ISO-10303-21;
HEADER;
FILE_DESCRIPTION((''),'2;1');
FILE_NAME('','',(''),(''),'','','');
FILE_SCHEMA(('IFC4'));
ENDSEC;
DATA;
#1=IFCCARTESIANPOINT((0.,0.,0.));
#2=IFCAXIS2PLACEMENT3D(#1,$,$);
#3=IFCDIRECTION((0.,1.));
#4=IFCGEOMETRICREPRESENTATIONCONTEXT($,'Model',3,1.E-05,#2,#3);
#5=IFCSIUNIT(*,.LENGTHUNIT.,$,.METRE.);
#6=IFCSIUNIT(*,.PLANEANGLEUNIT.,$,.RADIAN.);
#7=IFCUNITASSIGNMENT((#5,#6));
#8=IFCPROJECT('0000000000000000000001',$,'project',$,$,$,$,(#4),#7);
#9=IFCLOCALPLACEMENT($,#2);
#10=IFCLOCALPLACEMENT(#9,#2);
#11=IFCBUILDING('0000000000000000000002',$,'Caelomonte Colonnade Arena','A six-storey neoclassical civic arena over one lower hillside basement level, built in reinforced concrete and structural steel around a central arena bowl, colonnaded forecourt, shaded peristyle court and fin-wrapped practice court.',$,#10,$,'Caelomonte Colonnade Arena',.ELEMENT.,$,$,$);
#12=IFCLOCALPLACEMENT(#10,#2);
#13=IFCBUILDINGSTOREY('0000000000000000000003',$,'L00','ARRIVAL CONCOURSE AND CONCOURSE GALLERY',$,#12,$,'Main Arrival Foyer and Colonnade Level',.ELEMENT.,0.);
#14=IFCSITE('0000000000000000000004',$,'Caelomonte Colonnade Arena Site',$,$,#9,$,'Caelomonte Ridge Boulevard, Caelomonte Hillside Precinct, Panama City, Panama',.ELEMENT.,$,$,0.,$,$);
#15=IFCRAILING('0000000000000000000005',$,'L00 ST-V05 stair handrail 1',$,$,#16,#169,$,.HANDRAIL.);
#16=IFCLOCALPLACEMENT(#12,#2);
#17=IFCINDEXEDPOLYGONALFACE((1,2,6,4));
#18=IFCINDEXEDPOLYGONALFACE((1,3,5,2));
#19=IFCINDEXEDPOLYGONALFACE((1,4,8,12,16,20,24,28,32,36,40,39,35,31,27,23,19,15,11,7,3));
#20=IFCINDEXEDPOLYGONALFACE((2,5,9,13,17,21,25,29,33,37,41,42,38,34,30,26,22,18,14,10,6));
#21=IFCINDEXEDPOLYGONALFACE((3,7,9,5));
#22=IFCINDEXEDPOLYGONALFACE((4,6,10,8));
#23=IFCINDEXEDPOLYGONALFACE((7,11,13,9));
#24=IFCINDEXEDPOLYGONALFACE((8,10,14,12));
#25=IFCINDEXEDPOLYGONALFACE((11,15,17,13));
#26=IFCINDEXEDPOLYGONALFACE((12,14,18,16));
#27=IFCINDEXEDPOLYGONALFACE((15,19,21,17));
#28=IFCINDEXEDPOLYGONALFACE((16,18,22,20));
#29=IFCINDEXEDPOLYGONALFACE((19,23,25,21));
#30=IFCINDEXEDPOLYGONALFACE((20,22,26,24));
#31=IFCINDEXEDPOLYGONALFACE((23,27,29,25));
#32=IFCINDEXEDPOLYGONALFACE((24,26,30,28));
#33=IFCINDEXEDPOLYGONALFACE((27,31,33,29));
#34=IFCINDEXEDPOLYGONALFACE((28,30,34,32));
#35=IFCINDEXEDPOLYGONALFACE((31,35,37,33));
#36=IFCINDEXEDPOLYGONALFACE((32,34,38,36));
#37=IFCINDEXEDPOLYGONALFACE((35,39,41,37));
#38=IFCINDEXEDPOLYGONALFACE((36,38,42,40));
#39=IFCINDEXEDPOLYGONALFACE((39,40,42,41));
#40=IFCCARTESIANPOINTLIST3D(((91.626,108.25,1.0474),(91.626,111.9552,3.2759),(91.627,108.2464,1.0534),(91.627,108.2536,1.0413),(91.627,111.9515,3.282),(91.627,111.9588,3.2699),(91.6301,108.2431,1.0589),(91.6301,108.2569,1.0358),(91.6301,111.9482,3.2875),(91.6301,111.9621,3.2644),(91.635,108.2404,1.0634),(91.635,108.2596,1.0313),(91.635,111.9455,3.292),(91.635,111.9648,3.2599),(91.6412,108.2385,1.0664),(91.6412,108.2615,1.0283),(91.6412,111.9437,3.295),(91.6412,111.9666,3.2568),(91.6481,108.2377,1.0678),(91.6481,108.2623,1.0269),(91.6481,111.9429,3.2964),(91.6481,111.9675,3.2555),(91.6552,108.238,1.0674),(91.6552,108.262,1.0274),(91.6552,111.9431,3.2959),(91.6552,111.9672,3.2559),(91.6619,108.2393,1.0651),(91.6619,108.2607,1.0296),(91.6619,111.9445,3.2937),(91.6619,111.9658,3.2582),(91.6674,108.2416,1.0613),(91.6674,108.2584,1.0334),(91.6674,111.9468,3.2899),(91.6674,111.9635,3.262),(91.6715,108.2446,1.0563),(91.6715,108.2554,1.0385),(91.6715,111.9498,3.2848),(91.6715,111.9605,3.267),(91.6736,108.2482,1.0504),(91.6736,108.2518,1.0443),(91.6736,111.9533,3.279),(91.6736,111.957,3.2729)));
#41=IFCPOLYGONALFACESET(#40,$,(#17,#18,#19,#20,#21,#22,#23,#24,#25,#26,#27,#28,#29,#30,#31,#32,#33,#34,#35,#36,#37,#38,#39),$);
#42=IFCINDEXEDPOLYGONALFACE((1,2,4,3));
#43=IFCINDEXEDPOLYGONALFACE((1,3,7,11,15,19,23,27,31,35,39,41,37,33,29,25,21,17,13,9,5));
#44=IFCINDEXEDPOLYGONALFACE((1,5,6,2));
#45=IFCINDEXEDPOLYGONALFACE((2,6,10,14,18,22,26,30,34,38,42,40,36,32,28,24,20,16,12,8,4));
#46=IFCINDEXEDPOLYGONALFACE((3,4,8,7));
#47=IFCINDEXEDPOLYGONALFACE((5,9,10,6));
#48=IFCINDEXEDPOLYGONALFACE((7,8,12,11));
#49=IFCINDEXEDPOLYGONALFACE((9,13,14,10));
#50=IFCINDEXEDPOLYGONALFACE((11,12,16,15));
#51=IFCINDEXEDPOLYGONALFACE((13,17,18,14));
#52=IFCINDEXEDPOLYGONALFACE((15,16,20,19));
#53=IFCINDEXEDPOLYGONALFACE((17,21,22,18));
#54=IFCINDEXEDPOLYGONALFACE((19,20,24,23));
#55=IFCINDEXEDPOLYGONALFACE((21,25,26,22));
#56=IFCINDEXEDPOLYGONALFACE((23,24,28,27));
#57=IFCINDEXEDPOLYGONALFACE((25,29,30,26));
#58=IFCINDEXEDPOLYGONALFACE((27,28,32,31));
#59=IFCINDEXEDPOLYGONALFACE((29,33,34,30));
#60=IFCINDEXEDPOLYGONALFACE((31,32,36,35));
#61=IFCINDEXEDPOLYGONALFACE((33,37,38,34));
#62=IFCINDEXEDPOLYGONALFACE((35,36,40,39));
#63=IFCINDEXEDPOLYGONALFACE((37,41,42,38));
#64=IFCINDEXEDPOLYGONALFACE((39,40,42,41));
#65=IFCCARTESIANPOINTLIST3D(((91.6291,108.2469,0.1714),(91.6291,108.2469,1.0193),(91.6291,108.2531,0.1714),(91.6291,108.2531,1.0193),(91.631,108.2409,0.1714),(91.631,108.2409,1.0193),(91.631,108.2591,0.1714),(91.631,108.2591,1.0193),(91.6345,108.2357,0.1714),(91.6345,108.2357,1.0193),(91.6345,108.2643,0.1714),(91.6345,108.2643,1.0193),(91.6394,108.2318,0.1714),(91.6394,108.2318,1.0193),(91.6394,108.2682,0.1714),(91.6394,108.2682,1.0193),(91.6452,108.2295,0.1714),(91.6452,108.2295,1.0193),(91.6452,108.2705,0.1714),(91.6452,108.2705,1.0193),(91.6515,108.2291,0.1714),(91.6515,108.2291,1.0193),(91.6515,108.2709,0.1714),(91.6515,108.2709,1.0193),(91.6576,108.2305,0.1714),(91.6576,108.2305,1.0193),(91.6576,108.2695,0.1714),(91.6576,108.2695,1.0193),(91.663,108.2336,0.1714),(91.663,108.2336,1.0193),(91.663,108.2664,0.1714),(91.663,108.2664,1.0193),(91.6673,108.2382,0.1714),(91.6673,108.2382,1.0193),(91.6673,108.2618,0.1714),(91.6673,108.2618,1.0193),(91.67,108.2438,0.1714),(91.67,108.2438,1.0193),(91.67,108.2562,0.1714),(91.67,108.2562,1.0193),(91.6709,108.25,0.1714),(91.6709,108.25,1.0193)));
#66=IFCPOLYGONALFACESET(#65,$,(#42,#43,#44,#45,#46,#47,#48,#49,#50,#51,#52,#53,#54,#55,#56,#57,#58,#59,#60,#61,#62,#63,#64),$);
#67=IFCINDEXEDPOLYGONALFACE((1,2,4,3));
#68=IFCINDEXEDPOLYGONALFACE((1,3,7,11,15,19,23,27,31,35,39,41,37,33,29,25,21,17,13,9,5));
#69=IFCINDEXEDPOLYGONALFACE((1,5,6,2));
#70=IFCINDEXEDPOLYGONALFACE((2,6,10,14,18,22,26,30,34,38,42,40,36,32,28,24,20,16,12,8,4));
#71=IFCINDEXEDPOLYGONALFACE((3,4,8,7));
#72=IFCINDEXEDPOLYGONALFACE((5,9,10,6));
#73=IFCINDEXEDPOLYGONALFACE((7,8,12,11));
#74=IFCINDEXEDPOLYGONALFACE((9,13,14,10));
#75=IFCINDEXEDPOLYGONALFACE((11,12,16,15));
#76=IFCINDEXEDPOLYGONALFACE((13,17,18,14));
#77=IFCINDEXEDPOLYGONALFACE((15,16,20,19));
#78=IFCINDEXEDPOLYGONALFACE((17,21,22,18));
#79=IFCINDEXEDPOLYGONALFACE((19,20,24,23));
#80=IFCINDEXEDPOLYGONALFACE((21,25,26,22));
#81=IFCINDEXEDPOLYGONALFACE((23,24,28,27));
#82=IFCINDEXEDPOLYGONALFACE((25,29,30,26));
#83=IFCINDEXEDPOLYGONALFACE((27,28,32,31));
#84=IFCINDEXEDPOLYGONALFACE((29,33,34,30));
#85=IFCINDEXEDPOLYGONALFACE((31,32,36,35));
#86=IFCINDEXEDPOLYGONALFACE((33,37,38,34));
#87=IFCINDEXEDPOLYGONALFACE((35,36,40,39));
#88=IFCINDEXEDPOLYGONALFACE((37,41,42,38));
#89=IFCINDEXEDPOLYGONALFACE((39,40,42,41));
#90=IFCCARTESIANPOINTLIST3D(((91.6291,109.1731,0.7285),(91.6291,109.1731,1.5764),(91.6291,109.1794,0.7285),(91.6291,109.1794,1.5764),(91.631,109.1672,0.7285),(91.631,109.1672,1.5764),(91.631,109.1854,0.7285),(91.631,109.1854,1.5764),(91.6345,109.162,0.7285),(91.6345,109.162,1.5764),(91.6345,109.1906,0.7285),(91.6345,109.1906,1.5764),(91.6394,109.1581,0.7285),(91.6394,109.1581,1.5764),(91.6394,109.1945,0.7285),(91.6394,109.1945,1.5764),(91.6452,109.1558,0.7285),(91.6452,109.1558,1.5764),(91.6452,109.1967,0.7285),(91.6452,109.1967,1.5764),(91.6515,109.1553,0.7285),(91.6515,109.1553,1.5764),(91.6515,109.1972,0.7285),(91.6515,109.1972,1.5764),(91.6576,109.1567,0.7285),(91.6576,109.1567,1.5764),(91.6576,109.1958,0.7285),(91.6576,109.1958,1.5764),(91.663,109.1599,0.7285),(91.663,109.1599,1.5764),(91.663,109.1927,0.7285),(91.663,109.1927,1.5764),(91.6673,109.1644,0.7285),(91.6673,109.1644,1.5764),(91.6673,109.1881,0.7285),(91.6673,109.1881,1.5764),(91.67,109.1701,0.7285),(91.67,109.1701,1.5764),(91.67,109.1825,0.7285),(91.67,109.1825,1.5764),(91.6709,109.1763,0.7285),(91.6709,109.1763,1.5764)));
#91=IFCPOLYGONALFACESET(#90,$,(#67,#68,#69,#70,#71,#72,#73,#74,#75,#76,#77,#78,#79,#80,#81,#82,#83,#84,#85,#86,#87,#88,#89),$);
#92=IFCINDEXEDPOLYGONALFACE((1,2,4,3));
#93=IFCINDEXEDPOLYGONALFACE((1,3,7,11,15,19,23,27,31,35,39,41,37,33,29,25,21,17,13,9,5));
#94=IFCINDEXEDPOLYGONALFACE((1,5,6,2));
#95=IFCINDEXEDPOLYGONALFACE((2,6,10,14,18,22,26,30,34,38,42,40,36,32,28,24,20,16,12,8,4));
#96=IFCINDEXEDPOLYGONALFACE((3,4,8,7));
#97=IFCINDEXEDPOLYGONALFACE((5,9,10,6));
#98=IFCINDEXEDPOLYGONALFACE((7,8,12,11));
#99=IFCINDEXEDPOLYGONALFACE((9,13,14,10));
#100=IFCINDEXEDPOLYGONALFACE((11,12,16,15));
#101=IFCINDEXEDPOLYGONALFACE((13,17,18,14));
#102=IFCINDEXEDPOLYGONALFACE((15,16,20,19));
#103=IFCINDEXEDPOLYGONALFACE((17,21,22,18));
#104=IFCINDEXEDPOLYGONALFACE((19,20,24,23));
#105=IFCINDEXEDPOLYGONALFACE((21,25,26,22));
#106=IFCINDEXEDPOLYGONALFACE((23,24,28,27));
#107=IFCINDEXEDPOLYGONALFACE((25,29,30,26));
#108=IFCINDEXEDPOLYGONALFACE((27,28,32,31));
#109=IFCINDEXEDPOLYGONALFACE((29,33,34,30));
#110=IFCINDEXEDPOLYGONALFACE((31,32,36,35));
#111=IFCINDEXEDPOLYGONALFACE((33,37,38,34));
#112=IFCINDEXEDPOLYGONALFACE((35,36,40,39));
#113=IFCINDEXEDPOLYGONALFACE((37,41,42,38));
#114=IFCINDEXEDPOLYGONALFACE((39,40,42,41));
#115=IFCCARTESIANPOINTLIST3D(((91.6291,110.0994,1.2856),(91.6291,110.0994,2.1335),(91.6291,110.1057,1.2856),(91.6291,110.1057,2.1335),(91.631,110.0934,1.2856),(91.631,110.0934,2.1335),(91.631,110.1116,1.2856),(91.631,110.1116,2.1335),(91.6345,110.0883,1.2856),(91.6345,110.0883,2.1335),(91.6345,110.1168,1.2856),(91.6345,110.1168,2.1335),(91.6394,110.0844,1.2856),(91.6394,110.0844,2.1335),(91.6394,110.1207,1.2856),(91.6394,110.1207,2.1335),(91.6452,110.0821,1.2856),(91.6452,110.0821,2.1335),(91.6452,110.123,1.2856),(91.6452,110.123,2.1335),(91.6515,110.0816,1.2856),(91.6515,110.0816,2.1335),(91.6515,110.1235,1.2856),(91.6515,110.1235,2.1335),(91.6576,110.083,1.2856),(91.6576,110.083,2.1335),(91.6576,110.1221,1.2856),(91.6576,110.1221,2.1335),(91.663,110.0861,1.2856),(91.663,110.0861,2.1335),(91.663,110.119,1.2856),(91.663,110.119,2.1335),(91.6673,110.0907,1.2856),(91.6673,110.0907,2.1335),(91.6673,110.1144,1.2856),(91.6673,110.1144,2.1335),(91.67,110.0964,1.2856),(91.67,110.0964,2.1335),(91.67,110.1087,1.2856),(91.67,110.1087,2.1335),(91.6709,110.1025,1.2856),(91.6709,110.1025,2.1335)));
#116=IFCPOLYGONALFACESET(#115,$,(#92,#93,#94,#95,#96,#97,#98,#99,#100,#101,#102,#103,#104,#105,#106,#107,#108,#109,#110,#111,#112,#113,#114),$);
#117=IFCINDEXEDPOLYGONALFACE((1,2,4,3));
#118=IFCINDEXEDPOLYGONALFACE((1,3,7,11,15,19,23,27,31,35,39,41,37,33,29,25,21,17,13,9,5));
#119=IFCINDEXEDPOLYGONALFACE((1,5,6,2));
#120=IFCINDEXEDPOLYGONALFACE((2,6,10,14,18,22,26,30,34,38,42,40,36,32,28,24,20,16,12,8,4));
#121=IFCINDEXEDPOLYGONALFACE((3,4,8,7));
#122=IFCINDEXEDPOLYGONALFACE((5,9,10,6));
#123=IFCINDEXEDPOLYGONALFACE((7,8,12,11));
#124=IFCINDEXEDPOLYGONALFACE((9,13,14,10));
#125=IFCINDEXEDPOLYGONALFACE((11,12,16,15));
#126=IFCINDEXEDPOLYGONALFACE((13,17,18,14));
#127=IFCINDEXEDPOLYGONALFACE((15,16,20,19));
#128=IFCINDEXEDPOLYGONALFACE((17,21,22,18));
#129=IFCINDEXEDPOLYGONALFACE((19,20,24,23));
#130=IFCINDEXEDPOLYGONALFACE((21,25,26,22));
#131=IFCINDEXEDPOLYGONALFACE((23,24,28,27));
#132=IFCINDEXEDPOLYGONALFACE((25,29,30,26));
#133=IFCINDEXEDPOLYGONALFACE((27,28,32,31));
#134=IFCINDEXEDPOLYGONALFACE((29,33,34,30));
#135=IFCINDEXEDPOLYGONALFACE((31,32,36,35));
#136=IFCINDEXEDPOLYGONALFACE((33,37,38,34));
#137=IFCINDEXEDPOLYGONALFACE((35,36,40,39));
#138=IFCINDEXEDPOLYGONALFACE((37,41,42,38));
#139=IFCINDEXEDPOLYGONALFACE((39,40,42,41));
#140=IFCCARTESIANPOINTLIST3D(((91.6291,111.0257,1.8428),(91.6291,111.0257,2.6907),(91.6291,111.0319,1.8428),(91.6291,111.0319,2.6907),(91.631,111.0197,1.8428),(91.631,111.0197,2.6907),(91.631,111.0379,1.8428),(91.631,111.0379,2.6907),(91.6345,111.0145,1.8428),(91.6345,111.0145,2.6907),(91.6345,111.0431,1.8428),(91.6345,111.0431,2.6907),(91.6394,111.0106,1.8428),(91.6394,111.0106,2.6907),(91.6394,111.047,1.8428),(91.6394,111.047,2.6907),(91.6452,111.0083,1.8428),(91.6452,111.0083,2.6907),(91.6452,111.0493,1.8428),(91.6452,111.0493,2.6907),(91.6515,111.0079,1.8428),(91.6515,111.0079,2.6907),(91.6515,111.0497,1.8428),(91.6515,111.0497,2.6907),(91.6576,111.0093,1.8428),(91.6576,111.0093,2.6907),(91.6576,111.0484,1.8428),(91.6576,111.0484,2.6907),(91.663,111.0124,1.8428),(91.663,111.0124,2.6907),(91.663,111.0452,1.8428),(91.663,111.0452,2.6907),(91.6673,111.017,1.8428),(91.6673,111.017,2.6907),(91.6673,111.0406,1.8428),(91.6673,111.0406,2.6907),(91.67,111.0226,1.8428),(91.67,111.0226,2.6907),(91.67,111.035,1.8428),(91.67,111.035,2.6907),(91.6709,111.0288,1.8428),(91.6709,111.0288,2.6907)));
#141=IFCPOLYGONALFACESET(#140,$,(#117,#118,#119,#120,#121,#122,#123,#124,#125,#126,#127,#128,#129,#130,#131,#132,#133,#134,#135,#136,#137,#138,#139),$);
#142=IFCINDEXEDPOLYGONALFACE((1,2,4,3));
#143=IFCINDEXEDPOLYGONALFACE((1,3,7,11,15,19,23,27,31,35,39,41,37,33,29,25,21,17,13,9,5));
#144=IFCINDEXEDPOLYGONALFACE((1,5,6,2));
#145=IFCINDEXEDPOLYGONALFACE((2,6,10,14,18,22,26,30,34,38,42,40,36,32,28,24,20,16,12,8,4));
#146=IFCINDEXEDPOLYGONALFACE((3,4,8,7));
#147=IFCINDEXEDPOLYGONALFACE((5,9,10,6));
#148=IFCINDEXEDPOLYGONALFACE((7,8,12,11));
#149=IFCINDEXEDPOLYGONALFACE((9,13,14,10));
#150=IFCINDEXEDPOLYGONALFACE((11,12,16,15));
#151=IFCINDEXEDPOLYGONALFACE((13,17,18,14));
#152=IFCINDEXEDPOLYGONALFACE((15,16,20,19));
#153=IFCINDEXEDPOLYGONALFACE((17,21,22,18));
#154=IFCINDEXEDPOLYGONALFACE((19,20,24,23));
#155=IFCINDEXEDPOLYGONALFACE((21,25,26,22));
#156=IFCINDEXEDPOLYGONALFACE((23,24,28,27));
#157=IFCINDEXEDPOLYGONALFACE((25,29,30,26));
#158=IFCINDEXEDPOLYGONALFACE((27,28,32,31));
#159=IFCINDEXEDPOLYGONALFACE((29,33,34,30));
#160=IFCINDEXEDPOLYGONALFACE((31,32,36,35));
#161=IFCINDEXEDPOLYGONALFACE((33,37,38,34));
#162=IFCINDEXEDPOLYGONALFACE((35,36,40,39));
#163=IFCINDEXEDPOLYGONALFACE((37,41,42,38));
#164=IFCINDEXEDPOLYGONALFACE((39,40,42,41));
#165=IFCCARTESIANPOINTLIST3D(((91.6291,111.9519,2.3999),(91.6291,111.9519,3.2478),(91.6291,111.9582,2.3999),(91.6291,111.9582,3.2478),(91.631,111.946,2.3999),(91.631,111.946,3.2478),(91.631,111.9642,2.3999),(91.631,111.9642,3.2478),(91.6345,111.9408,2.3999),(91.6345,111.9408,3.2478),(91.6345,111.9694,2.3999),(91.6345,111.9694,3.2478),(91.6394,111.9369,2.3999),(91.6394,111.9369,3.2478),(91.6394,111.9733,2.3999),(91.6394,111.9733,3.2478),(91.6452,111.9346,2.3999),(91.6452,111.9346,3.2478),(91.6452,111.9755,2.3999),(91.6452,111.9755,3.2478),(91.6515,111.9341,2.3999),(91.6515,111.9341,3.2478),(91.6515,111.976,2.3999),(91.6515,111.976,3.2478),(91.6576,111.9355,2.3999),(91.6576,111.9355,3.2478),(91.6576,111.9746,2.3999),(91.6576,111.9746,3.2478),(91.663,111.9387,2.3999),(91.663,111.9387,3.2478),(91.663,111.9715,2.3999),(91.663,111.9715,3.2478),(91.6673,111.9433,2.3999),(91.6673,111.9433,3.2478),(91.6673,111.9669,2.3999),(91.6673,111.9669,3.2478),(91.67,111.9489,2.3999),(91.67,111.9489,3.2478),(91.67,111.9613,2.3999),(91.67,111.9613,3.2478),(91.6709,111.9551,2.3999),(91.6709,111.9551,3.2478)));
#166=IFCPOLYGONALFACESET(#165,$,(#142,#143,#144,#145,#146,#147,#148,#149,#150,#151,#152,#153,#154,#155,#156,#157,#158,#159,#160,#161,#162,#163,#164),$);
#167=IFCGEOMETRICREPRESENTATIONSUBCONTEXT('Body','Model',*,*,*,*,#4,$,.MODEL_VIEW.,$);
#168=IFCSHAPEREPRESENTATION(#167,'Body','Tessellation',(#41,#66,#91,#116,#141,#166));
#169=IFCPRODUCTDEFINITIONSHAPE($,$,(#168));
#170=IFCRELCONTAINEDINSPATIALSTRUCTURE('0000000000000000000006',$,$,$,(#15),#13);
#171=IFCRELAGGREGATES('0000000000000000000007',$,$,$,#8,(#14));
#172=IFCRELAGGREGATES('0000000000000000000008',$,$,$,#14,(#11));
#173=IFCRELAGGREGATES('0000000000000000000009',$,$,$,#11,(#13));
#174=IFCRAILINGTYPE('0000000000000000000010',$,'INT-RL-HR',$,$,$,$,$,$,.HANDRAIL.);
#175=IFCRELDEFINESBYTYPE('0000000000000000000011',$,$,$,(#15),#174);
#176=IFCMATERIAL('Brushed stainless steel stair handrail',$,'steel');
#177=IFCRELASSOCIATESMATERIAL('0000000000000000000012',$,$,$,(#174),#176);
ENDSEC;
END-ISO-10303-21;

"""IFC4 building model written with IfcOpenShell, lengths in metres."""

from ifc_helpers import new_model, si_unit, direction, frame, origin, origin_2d, place, context, subcontext, project, spatial, circle, extrude, material, type_object, element, save


model = new_model("IFC4")

# Units and contexts
model_context = context("Model", 3, precision=1e-05, world=origin(), true_north=direction((0.0, 1.0)))
body_context = subcontext(model_context, "Body", "Model", "MODEL_VIEW")
ifc_project = project(units=[si_unit("LENGTHUNIT", "METRE"), si_unit("PLANEANGLEUNIT", "RADIAN")], contexts=[model_context])

# Site, building, storey
site_placement = place(None, origin())
site = spatial("IfcSite", under=ifc_project, at=site_placement, Name="Caelomonte Colonnade Arena Site", LongName="Caelomonte Ridge Boulevard, Caelomonte Hillside Precinct, Panama City, Panama", CompositionType="ELEMENT", RefElevation=0.0)
building_placement = place(site_placement, origin())
building = spatial("IfcBuilding", under=site, at=building_placement, Name="Caelomonte Colonnade Arena", Description="A six-storey neoclassical civic arena over one lower hillside basement level, built in reinforced concrete and structural steel around a central arena bowl, colonnaded forecourt, shaded peristyle court and fin-wrapped practice court.", LongName="Caelomonte Colonnade Arena", CompositionType="ELEMENT")
storey_placement = place(building_placement, origin())
storey = spatial("IfcBuildingStorey", under=building, at=storey_placement, Name="L00", Description="ARRIVAL CONCOURSE AND CONCOURSE GALLERY", LongName="Main Arrival Foyer and Colonnade Level", CompositionType="ELEMENT", Elevation=0.0)

# Railing
ifc_material_1 = material(Name="Brushed stainless steel stair handrail", Category="steel")
railing_type_1 = type_object("IfcRailingType", Name="INT-RL-HR", PredefinedType="HANDRAIL", material=ifc_material_1)
railing_1_placement = place(storey_placement, frame((91.6499, 108.25, 0.1714)))
element("IfcRailing", 1, at=railing_1_placement, inside=storey, type_object=railing_type_1, Name="L00 ST-V05 stair handrail 1", PredefinedType="HANDRAIL", context=body_context, shape_type="SweptSolid", body=[
    extrude(circle(Radius=0.0239, at=origin_2d()), frame((0.0, 0.0, 0.876), z_axis=(0.0, 0.856934, 0.515425), x_axis=(-1.0, 0.0, 0.0)), (0.0, 0.0, 1.0), 4.3237),
    extrude(circle(Radius=0.021, at=origin_2d()), origin(), (0.0, 0.0, 1.0), 0.8479),
    extrude(circle(Radius=0.021, at=origin_2d()), frame((0.0, 0.9263, 0.5571)), (0.0, 0.0, 1.0), 0.8479),
    extrude(circle(Radius=0.021, at=origin_2d()), frame((0.0, 1.8525, 1.1143)), (0.0, 0.0, 1.0), 0.8479),
    extrude(circle(Radius=0.021, at=origin_2d()), frame((0.0, 2.7788, 1.6714)), (0.0, 0.0, 1.0), 0.8479),
    extrude(circle(Radius=0.021, at=origin_2d()), frame((0.0, 3.7051, 2.2285)), (0.0, 0.0, 1.0), 0.8479),
])

save(model, "model.ifc")
